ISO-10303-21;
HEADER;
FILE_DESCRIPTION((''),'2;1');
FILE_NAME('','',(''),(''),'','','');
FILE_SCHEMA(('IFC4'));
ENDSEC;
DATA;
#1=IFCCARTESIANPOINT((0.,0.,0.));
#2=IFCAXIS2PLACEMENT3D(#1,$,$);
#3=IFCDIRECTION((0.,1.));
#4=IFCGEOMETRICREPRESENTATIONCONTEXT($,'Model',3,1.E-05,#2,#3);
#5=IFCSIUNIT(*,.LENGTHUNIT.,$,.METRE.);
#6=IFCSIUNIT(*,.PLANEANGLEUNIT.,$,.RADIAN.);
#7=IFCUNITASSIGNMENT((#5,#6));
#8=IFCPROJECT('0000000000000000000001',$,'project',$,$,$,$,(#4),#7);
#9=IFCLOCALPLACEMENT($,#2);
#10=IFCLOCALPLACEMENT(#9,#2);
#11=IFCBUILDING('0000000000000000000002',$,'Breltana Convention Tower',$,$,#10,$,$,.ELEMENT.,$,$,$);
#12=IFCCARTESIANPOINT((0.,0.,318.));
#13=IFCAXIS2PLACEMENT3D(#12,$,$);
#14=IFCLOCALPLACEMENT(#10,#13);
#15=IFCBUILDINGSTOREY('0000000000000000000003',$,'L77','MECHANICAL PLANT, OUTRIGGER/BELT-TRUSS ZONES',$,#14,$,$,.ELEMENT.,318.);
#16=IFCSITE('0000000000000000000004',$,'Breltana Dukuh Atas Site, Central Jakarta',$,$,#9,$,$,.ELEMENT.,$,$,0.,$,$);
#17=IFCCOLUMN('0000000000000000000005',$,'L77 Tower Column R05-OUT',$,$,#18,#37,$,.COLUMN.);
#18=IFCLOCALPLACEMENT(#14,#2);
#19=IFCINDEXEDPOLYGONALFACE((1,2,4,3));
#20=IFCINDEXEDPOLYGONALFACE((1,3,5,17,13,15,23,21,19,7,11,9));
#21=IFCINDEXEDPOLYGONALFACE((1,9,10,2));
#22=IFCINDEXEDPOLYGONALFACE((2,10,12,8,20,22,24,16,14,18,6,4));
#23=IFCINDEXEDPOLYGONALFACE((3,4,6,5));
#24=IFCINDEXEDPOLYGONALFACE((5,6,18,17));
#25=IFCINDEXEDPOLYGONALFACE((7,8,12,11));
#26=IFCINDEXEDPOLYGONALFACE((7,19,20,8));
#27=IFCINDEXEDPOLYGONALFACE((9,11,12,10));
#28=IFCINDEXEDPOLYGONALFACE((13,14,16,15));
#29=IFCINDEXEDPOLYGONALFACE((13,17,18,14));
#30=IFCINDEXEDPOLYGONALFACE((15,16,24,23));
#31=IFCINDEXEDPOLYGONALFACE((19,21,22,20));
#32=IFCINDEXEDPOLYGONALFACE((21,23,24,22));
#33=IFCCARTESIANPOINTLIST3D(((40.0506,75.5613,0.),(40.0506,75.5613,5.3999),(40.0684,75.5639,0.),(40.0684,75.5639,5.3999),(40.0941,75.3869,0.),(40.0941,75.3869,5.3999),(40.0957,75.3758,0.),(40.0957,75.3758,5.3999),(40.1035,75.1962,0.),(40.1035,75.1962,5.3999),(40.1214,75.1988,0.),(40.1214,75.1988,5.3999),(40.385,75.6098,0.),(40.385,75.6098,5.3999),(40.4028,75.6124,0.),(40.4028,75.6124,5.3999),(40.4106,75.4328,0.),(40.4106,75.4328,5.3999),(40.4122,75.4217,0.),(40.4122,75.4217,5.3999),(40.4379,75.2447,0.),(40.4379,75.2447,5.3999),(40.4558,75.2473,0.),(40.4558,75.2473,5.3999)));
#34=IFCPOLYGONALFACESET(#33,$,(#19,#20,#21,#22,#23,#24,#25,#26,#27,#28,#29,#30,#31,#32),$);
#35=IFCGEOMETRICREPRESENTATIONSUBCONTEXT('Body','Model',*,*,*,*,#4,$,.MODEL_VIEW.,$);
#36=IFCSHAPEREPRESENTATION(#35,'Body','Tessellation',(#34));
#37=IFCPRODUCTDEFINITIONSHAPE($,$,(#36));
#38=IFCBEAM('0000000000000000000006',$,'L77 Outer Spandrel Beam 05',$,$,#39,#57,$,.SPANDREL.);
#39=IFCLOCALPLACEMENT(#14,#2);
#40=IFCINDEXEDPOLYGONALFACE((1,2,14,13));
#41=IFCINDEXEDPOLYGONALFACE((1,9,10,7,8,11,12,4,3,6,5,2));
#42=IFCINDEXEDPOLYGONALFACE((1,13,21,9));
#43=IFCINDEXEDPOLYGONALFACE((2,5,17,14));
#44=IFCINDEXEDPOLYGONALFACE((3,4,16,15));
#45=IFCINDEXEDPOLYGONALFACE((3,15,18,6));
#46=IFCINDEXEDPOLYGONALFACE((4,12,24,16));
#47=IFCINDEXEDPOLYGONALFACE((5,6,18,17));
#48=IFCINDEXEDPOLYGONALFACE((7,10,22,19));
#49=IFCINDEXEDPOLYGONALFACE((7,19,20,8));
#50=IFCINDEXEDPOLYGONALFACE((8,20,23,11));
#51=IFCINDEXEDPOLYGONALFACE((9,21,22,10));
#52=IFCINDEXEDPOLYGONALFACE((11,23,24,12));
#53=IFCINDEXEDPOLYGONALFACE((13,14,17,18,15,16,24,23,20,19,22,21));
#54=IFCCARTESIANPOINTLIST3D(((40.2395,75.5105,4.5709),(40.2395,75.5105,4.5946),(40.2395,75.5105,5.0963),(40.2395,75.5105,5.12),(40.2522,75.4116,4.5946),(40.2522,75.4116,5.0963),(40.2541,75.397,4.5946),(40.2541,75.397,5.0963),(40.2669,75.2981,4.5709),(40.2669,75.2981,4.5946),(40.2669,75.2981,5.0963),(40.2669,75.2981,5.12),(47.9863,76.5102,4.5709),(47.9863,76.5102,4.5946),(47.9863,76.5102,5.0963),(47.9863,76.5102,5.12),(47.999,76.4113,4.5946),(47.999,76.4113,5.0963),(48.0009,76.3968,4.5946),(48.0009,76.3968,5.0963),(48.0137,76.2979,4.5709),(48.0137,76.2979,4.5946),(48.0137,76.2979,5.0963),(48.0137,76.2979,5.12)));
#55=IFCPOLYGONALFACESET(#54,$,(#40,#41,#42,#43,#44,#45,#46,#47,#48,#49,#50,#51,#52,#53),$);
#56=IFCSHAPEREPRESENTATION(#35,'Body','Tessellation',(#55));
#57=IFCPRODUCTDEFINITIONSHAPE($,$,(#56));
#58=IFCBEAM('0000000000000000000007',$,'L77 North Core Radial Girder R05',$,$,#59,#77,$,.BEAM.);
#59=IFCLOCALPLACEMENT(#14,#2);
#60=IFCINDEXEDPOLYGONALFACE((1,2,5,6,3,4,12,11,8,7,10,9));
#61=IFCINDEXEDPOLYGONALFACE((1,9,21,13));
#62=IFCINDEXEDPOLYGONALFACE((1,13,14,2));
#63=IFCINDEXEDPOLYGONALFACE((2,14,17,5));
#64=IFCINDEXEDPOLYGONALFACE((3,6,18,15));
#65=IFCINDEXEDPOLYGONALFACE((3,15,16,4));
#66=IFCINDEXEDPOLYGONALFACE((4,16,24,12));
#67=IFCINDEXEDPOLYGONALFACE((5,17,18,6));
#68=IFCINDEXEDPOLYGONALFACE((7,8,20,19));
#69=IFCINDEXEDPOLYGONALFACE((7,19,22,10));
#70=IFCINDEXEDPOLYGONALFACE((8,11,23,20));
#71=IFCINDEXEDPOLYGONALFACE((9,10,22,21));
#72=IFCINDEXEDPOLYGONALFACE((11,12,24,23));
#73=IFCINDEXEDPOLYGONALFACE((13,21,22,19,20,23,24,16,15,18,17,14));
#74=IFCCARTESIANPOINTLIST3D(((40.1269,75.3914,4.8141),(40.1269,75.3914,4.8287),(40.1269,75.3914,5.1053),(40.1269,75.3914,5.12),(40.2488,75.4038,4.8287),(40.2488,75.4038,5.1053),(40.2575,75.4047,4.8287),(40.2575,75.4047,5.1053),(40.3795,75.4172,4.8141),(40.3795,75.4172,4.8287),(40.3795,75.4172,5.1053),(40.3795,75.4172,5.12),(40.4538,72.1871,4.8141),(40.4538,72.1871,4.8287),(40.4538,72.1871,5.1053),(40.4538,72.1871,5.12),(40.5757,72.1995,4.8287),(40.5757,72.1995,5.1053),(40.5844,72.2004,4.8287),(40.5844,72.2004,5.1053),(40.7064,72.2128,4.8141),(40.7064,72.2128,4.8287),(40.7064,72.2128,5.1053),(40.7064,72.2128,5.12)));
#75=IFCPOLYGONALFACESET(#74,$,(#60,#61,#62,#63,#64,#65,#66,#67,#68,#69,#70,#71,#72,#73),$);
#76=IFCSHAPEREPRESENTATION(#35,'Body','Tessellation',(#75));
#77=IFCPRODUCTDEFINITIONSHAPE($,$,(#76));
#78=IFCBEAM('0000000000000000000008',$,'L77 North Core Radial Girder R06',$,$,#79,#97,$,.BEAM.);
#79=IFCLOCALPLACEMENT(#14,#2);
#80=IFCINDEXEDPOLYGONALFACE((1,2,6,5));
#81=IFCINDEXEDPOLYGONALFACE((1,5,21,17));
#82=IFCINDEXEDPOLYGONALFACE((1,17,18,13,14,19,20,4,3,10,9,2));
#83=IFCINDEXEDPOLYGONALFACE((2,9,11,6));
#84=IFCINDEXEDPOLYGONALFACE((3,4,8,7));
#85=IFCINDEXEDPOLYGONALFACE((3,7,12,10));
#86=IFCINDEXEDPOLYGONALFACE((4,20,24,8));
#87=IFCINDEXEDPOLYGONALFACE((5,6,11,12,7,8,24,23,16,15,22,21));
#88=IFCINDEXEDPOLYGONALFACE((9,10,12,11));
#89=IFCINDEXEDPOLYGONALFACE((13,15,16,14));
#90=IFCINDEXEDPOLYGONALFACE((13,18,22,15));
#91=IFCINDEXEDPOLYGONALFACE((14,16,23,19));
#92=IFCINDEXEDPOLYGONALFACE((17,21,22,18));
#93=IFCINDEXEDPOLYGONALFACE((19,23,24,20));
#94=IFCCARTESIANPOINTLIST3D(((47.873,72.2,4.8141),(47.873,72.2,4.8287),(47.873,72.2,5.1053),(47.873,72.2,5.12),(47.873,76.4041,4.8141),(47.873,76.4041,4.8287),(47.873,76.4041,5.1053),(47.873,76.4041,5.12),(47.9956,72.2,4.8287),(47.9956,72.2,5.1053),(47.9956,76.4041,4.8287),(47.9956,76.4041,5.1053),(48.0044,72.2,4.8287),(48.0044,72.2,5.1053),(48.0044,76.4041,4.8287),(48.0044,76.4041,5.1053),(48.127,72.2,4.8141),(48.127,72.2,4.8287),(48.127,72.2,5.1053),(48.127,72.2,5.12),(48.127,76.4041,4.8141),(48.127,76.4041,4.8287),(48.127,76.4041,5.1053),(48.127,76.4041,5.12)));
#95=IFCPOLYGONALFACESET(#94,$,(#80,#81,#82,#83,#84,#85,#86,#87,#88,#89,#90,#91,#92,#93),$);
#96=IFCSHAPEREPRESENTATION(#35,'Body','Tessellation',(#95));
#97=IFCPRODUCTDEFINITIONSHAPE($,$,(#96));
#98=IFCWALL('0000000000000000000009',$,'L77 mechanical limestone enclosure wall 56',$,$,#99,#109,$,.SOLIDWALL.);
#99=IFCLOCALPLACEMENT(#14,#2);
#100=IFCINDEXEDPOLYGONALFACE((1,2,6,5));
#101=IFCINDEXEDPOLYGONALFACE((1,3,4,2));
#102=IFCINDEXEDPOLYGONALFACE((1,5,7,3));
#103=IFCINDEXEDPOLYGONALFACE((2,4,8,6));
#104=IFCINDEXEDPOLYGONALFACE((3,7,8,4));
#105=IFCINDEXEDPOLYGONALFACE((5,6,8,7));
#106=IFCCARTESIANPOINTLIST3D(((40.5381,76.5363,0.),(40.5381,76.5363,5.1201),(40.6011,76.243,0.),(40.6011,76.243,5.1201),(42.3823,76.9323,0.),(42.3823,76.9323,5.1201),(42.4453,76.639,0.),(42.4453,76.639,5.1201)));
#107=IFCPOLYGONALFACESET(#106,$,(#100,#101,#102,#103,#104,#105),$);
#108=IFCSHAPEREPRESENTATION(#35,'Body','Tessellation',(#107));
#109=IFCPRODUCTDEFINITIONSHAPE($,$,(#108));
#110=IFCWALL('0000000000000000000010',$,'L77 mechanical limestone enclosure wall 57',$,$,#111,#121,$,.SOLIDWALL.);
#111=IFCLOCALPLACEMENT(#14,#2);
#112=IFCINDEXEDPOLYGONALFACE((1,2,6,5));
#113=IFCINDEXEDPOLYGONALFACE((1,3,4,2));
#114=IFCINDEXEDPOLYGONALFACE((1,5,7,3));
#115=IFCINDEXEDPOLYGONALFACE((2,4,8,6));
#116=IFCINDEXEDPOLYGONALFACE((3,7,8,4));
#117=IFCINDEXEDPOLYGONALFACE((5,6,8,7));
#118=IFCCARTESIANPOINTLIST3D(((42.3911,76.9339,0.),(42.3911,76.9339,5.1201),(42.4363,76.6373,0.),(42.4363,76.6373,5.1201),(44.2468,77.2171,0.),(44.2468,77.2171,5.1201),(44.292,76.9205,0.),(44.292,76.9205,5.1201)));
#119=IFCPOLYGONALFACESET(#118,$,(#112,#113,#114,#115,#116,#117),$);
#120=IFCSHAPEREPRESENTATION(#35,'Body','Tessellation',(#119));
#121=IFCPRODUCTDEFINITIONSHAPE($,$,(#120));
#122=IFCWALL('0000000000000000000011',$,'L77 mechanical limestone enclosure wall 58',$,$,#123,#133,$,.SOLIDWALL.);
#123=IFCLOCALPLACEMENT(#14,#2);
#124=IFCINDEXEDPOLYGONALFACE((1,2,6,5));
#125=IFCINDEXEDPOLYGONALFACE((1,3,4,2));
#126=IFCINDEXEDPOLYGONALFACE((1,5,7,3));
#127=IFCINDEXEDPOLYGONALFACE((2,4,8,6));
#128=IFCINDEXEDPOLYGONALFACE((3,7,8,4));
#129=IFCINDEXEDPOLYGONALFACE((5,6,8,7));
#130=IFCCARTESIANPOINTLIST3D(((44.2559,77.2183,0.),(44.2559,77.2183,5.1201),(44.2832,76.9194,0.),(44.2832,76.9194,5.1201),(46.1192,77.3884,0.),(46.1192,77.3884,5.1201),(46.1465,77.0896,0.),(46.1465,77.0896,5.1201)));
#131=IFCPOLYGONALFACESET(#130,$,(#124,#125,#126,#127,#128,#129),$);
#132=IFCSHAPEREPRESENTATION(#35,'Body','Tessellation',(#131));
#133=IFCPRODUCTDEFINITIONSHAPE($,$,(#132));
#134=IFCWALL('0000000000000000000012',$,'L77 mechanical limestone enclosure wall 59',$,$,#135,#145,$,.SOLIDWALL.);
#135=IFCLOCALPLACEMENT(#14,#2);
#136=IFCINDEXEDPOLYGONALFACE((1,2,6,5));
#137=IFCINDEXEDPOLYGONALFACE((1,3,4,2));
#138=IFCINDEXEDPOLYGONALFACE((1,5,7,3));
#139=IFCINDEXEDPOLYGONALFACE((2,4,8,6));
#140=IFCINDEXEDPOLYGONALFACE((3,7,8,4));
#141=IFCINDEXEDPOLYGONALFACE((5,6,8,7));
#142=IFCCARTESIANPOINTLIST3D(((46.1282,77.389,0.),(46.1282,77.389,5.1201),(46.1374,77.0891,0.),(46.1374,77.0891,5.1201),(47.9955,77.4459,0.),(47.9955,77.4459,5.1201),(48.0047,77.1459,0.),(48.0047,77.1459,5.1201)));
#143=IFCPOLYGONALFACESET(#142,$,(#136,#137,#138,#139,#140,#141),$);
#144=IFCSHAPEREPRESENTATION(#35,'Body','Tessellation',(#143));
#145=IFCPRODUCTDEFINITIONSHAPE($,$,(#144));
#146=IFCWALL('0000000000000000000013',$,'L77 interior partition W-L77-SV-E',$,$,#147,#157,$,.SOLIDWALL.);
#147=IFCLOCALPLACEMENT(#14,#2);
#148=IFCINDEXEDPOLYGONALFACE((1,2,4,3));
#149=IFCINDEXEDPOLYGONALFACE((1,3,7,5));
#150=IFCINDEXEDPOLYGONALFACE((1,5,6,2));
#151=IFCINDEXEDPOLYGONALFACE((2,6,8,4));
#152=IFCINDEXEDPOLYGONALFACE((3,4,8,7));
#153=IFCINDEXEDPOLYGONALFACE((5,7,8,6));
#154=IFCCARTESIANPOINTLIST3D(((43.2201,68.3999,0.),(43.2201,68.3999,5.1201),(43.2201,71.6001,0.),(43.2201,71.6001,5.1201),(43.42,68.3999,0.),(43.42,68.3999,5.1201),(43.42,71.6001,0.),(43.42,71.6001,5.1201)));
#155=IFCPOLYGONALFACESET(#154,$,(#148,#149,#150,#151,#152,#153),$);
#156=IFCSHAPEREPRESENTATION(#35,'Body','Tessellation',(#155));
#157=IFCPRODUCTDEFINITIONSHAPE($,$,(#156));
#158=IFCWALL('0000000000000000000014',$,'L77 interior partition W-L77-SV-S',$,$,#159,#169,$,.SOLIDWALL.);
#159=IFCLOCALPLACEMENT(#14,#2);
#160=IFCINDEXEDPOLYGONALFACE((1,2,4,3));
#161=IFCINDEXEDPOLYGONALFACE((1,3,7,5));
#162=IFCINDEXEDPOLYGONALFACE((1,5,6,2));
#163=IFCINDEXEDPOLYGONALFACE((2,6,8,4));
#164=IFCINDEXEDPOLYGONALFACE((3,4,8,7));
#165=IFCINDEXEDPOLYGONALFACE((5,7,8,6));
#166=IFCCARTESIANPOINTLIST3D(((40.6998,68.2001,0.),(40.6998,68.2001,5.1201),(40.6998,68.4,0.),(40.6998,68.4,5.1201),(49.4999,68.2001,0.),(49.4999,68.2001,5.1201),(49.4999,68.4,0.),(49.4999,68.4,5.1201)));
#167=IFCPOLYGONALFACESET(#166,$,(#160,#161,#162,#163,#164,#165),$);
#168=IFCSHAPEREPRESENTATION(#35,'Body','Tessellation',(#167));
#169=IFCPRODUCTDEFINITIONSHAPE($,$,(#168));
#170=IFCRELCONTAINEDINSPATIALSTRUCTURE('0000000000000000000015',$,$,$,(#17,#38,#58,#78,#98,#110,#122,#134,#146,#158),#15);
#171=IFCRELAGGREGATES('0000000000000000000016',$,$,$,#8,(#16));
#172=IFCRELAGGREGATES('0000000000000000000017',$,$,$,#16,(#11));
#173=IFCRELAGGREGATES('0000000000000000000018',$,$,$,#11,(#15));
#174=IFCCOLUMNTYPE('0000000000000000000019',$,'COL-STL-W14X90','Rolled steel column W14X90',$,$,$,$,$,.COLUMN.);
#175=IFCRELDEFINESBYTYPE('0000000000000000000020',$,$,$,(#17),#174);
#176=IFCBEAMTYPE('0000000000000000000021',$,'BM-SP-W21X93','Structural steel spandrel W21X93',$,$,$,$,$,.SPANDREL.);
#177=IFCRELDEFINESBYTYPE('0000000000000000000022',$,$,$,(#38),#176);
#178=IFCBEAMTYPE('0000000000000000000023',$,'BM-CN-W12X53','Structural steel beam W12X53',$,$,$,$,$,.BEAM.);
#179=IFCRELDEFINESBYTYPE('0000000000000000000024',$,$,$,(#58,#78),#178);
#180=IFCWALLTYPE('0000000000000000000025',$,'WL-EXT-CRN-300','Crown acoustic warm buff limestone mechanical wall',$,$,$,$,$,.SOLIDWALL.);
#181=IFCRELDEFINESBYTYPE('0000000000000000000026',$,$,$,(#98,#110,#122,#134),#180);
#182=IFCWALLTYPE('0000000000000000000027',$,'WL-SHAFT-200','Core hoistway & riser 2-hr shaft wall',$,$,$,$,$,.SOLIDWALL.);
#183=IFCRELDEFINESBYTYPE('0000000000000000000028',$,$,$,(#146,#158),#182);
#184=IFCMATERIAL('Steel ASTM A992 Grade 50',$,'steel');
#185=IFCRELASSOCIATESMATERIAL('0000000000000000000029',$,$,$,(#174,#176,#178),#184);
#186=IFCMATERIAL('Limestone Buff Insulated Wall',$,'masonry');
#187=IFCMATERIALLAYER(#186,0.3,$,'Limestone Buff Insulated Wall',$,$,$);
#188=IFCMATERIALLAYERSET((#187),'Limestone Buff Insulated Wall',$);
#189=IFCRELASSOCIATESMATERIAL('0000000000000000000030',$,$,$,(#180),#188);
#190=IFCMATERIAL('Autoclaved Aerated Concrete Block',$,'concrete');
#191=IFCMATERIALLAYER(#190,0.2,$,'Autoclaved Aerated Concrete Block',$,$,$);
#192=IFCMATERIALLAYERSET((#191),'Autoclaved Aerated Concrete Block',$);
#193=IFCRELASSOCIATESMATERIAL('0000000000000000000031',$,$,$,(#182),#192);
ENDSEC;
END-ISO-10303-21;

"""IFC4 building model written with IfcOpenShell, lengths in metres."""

from ifc_helpers import new_model, si_unit, direction, frame, frame_2d, origin, origin_2d, place, context, subcontext, project, spatial, rectangle, i_section, extrude, source, transform, mapped, material, layer, layer_set, material_profile, profile_set, type_object, element, save


model = new_model("IFC4")

# Units and contexts
model_context = context("Model", 3, precision=1e-05, world=origin(), true_north=direction((0.0, 1.0)))
body_context = subcontext(model_context, "Body", "Model", "MODEL_VIEW")
ifc_project = project(units=[si_unit("LENGTHUNIT", "METRE"), si_unit("PLANEANGLEUNIT", "RADIAN")], contexts=[model_context])

# Site, building, storey
site_placement = place(None, origin())
site = spatial("IfcSite", under=ifc_project, at=site_placement, Name="Breltana Dukuh Atas Site, Central Jakarta", CompositionType="ELEMENT", RefElevation=0.0)
building_placement = place(site_placement, origin())
building = spatial("IfcBuilding", under=site, at=building_placement, Name="Breltana Convention Tower", CompositionType="ELEMENT")
storey_placement = place(building_placement, frame((0.0, 0.0, 318.0)))
storey = spatial("IfcBuildingStorey", under=building, at=storey_placement, Name="L77", Description="MECHANICAL PLANT, OUTRIGGER/BELT-TRUSS ZONES", CompositionType="ELEMENT", Elevation=318.0)

# Column
ifc_material_1 = material(Name="Steel ASTM A992 Grade 50", Category="steel")
ifc_material_profile_1 = material_profile(ifc_material_1, i_section(OverallWidth=0.3689, OverallDepth=0.356, WebThickness=0.0112, FlangeThickness=0.0181, at=origin_2d()), Name="W14X90")
ifc_profile_set_1 = profile_set([ifc_material_profile_1], Name="Steel ASTM A992 Grade 50")
column_type = type_object("IfcColumnType", Name="COL-STL-W14X90", Description="Rolled steel column W14X90", PredefinedType="COLUMN", material=ifc_profile_set_1)
shared_shape_1 = source(origin(), body_context, "Body", "SweptSolid", [
    extrude(i_section(OverallWidth=0.3689, OverallDepth=0.356, WebThickness=0.0112, FlangeThickness=0.0181, at=origin_2d()), origin(), (0.0, 0.0, 1.0), 5.3999),
])
column_placement = place(storey_placement, frame((40.2532, 75.4043, 0.0), z_axis=(0.0, 0.0, 1.0), x_axis=(-0.143493, 0.989651, 0.0)))
element("IfcColumn", 1, at=column_placement, inside=storey, type_object=column_type, Name="L77 Tower Column R05-OUT", PredefinedType="COLUMN", context=body_context, shape_type="MappedRepresentation", body=[
    mapped(shared_shape_1, transform((0.0, 0.0, 0.0), scale=1.0)),
])

# Beams
ifc_material_profile_2 = material_profile(ifc_material_1, i_section(OverallWidth=0.2141, OverallDepth=0.5491, WebThickness=0.0146, FlangeThickness=0.0237, at=origin_2d()), Name="W21X93")
ifc_profile_set_2 = profile_set([ifc_material_profile_2], Name="Steel ASTM A992 Grade 50")
beam_type_1 = type_object("IfcBeamType", Name="BM-SP-W21X93", Description="Structural steel spandrel W21X93", PredefinedType="SPANDREL", material=ifc_profile_set_2)
shared_shape_2 = source(origin(), body_context, "Body", "SweptSolid", [
    extrude(i_section(OverallWidth=0.2141, OverallDepth=0.5491, WebThickness=0.0146, FlangeThickness=0.0237, at=origin_2d()), origin(), (0.0, 0.0, 1.0), 7.811),
])
beam_1_placement = place(storey_placement, frame((40.2532, 75.4043, 4.8455), z_axis=(0.991775, 0.127992, 0.0), x_axis=(-0.127992, 0.991775, 0.0)))
element("IfcBeam", 2, at=beam_1_placement, inside=storey, type_object=beam_type_1, Name="L77 Outer Spandrel Beam 05", PredefinedType="SPANDREL", context=body_context, shape_type="MappedRepresentation", body=[
    mapped(shared_shape_2, transform((0.0, 0.0, 0.0), scale=1.0)),
])
ifc_material_profile_3 = material_profile(ifc_material_1, i_section(OverallWidth=0.2539, OverallDepth=0.3059, WebThickness=0.0088, FlangeThickness=0.0146, at=origin_2d()), Name="W12X53")
ifc_profile_set_3 = profile_set([ifc_material_profile_3], Name="Steel ASTM A992 Grade 50")
beam_type_2 = type_object("IfcBeamType", Name="BM-CN-W12X53", Description="Structural steel beam W12X53", PredefinedType="BEAM", material=ifc_profile_set_3)
shared_shape_3 = source(origin(), body_context, "Body", "SweptSolid", [
    extrude(i_section(OverallWidth=0.2539, OverallDepth=0.3059, WebThickness=0.0088, FlangeThickness=0.0146, at=origin_2d()), origin(), (0.0, 0.0, 1.0), 3.2209),
])
beam_2_placement = place(storey_placement, frame((40.5801, 72.2, 4.967), z_axis=(-0.101492, 0.994836, 0.0), x_axis=(-0.994836, -0.101492, 0.0)))
element("IfcBeam", 3, at=beam_2_placement, inside=storey, type_object=beam_type_2, Name="L77 North Core Radial Girder R05", PredefinedType="BEAM", context=body_context, shape_type="MappedRepresentation", body=[
    mapped(shared_shape_3, transform((0.0, 0.0, 0.0), scale=1.0)),
])
shared_shape_4 = source(origin(), body_context, "Body", "SweptSolid", [
    extrude(i_section(OverallWidth=0.2539, OverallDepth=0.3059, WebThickness=0.0088, FlangeThickness=0.0146, at=origin_2d()), origin(), (0.0, 0.0, 1.0), 4.2041),
])
beam_3_placement = place(storey_placement, frame((48.0, 72.2, 4.967), z_axis=(0.0, 1.0, 0.0), x_axis=(-1.0, 0.0, 0.0)))
element("IfcBeam", 4, at=beam_3_placement, inside=storey, type_object=beam_type_2, Name="L77 North Core Radial Girder R06", PredefinedType="BEAM", context=body_context, shape_type="MappedRepresentation", body=[
    mapped(shared_shape_4, transform((0.0, 0.0, 0.0), scale=1.0)),
])

# Walls
ifc_material_2 = material(Name="Limestone Buff Insulated Wall", Category="masonry")
ifc_layer_1 = layer(ifc_material_2, 0.3, Name="Limestone Buff Insulated Wall")
ifc_layer_set_1 = layer_set([ifc_layer_1], Name="Limestone Buff Insulated Wall")
wall_type_1 = type_object("IfcWallType", Name="WL-EXT-CRN-300", Description="Crown acoustic warm buff limestone mechanical wall", PredefinedType="SOLIDWALL", material=ifc_layer_set_1)
shared_shape_5 = source(origin(), body_context, "Body", "SweptSolid", [
    extrude(rectangle(XDim=1.8862, YDim=0.3, at=frame_2d((0.9431, 0.0))), origin(), (0.0, 0.0, 1.0), 5.1201),
])
wall_1_placement = place(storey_placement, frame((40.5696, 76.3896, 0.0), z_axis=(0.0, 0.0, 1.0), x_axis=(0.977715, 0.209936, 0.0)))
element("IfcWall", 5, at=wall_1_placement, inside=storey, type_object=wall_type_1, Name="L77 mechanical limestone enclosure wall 56", PredefinedType="SOLIDWALL", context=body_context, shape_type="MappedRepresentation", body=[
    mapped(shared_shape_5, transform((0.0, 0.0, 0.0), scale=1.0)),
])
shared_shape_6 = source(origin(), body_context, "Body", "SweptSolid", [
    extrude(rectangle(XDim=1.8772, YDim=0.3, at=frame_2d((0.9385, 0.0))), origin(), (0.0, 0.0, 1.0), 5.1201),
])
wall_2_placement = place(storey_placement, frame((42.4138, 76.7856, 0.0), z_axis=(0.0, 0.0, 1.0), x_axis=(0.988554, 0.150865, 0.0)))
element("IfcWall", 6, at=wall_2_placement, inside=storey, type_object=wall_type_1, Name="L77 mechanical limestone enclosure wall 57", PredefinedType="SOLIDWALL", context=body_context, shape_type="MappedRepresentation", body=[
    mapped(shared_shape_6, transform((0.0, 0.0, 0.0), scale=1.0)),
])
shared_shape_7 = source(origin(), body_context, "Body", "SweptSolid", [
    extrude(rectangle(XDim=1.8711, YDim=0.3, at=frame_2d((0.9355, 0.0))), origin(), (0.0, 0.0, 1.0), 5.1201),
])
wall_3_placement = place(storey_placement, frame((44.2695, 77.0688, 0.0), z_axis=(0.0, 0.0, 1.0), x_axis=(0.995856, 0.090948, 0.0)))
element("IfcWall", 7, at=wall_3_placement, inside=storey, type_object=wall_type_1, Name="L77 mechanical limestone enclosure wall 58", PredefinedType="SOLIDWALL", context=body_context, shape_type="MappedRepresentation", body=[
    mapped(shared_shape_7, transform((0.0, 0.0, 0.0), scale=1.0)),
])
shared_shape_8 = source(origin(), body_context, "Body", "SweptSolid", [
    extrude(rectangle(XDim=1.8682, YDim=0.3, at=frame_2d((0.9341, 0.0))), origin(), (0.0, 0.0, 1.0), 5.1201),
])
wall_4_placement = place(storey_placement, frame((46.1328, 77.239, 0.0), z_axis=(0.0, 0.0, 1.0), x_axis=(0.999536, 0.030451, 0.0)))
element("IfcWall", 8, at=wall_4_placement, inside=storey, type_object=wall_type_1, Name="L77 mechanical limestone enclosure wall 59", PredefinedType="SOLIDWALL", context=body_context, shape_type="MappedRepresentation", body=[
    mapped(shared_shape_8, transform((0.0, 0.0, 0.0), scale=1.0)),
])
ifc_material_3 = material(Name="Autoclaved Aerated Concrete Block", Category="concrete")
ifc_layer_2 = layer(ifc_material_3, 0.2, Name="Autoclaved Aerated Concrete Block")
ifc_layer_set_2 = layer_set([ifc_layer_2], Name="Autoclaved Aerated Concrete Block")
wall_type_2 = type_object("IfcWallType", Name="WL-SHAFT-200", Description="Core hoistway & riser 2-hr shaft wall", PredefinedType="SOLIDWALL", material=ifc_layer_set_2)
shared_shape_9 = source(origin(), body_context, "Body", "SweptSolid", [
    extrude(rectangle(XDim=3.2002, YDim=0.2, at=frame_2d((1.6001, 0.0))), origin(), (0.0, 0.0, 1.0), 5.1201),
])
wall_5_placement = place(storey_placement, frame((43.3201, 68.3999, 0.0), z_axis=(0.0, 0.0, 1.0), x_axis=(0.0, 1.0, 0.0)))
element("IfcWall", 9, at=wall_5_placement, inside=storey, type_object=wall_type_2, Name="L77 interior partition W-L77-SV-E", PredefinedType="SOLIDWALL", context=body_context, shape_type="MappedRepresentation", body=[
    mapped(shared_shape_9, transform((0.0, 0.0, 0.0), scale=1.0)),
])
shared_shape_10 = source(origin(), body_context, "Body", "SweptSolid", [
    extrude(rectangle(XDim=8.8, YDim=0.2, at=frame_2d((4.3999, 0.0))), origin(), (0.0, 0.0, 1.0), 5.1201),
])
wall_6_placement = place(storey_placement, frame((40.7, 68.3, 0.0), z_axis=(0.0, 0.0, 1.0), x_axis=(1.0, 0.0, 0.0)))
element("IfcWall", 10, at=wall_6_placement, inside=storey, type_object=wall_type_2, Name="L77 interior partition W-L77-SV-S", PredefinedType="SOLIDWALL", context=body_context, shape_type="MappedRepresentation", body=[
    mapped(shared_shape_10, transform((0.0, 0.0, 0.0), scale=1.0)),
])

save(model, "model.ifc")
